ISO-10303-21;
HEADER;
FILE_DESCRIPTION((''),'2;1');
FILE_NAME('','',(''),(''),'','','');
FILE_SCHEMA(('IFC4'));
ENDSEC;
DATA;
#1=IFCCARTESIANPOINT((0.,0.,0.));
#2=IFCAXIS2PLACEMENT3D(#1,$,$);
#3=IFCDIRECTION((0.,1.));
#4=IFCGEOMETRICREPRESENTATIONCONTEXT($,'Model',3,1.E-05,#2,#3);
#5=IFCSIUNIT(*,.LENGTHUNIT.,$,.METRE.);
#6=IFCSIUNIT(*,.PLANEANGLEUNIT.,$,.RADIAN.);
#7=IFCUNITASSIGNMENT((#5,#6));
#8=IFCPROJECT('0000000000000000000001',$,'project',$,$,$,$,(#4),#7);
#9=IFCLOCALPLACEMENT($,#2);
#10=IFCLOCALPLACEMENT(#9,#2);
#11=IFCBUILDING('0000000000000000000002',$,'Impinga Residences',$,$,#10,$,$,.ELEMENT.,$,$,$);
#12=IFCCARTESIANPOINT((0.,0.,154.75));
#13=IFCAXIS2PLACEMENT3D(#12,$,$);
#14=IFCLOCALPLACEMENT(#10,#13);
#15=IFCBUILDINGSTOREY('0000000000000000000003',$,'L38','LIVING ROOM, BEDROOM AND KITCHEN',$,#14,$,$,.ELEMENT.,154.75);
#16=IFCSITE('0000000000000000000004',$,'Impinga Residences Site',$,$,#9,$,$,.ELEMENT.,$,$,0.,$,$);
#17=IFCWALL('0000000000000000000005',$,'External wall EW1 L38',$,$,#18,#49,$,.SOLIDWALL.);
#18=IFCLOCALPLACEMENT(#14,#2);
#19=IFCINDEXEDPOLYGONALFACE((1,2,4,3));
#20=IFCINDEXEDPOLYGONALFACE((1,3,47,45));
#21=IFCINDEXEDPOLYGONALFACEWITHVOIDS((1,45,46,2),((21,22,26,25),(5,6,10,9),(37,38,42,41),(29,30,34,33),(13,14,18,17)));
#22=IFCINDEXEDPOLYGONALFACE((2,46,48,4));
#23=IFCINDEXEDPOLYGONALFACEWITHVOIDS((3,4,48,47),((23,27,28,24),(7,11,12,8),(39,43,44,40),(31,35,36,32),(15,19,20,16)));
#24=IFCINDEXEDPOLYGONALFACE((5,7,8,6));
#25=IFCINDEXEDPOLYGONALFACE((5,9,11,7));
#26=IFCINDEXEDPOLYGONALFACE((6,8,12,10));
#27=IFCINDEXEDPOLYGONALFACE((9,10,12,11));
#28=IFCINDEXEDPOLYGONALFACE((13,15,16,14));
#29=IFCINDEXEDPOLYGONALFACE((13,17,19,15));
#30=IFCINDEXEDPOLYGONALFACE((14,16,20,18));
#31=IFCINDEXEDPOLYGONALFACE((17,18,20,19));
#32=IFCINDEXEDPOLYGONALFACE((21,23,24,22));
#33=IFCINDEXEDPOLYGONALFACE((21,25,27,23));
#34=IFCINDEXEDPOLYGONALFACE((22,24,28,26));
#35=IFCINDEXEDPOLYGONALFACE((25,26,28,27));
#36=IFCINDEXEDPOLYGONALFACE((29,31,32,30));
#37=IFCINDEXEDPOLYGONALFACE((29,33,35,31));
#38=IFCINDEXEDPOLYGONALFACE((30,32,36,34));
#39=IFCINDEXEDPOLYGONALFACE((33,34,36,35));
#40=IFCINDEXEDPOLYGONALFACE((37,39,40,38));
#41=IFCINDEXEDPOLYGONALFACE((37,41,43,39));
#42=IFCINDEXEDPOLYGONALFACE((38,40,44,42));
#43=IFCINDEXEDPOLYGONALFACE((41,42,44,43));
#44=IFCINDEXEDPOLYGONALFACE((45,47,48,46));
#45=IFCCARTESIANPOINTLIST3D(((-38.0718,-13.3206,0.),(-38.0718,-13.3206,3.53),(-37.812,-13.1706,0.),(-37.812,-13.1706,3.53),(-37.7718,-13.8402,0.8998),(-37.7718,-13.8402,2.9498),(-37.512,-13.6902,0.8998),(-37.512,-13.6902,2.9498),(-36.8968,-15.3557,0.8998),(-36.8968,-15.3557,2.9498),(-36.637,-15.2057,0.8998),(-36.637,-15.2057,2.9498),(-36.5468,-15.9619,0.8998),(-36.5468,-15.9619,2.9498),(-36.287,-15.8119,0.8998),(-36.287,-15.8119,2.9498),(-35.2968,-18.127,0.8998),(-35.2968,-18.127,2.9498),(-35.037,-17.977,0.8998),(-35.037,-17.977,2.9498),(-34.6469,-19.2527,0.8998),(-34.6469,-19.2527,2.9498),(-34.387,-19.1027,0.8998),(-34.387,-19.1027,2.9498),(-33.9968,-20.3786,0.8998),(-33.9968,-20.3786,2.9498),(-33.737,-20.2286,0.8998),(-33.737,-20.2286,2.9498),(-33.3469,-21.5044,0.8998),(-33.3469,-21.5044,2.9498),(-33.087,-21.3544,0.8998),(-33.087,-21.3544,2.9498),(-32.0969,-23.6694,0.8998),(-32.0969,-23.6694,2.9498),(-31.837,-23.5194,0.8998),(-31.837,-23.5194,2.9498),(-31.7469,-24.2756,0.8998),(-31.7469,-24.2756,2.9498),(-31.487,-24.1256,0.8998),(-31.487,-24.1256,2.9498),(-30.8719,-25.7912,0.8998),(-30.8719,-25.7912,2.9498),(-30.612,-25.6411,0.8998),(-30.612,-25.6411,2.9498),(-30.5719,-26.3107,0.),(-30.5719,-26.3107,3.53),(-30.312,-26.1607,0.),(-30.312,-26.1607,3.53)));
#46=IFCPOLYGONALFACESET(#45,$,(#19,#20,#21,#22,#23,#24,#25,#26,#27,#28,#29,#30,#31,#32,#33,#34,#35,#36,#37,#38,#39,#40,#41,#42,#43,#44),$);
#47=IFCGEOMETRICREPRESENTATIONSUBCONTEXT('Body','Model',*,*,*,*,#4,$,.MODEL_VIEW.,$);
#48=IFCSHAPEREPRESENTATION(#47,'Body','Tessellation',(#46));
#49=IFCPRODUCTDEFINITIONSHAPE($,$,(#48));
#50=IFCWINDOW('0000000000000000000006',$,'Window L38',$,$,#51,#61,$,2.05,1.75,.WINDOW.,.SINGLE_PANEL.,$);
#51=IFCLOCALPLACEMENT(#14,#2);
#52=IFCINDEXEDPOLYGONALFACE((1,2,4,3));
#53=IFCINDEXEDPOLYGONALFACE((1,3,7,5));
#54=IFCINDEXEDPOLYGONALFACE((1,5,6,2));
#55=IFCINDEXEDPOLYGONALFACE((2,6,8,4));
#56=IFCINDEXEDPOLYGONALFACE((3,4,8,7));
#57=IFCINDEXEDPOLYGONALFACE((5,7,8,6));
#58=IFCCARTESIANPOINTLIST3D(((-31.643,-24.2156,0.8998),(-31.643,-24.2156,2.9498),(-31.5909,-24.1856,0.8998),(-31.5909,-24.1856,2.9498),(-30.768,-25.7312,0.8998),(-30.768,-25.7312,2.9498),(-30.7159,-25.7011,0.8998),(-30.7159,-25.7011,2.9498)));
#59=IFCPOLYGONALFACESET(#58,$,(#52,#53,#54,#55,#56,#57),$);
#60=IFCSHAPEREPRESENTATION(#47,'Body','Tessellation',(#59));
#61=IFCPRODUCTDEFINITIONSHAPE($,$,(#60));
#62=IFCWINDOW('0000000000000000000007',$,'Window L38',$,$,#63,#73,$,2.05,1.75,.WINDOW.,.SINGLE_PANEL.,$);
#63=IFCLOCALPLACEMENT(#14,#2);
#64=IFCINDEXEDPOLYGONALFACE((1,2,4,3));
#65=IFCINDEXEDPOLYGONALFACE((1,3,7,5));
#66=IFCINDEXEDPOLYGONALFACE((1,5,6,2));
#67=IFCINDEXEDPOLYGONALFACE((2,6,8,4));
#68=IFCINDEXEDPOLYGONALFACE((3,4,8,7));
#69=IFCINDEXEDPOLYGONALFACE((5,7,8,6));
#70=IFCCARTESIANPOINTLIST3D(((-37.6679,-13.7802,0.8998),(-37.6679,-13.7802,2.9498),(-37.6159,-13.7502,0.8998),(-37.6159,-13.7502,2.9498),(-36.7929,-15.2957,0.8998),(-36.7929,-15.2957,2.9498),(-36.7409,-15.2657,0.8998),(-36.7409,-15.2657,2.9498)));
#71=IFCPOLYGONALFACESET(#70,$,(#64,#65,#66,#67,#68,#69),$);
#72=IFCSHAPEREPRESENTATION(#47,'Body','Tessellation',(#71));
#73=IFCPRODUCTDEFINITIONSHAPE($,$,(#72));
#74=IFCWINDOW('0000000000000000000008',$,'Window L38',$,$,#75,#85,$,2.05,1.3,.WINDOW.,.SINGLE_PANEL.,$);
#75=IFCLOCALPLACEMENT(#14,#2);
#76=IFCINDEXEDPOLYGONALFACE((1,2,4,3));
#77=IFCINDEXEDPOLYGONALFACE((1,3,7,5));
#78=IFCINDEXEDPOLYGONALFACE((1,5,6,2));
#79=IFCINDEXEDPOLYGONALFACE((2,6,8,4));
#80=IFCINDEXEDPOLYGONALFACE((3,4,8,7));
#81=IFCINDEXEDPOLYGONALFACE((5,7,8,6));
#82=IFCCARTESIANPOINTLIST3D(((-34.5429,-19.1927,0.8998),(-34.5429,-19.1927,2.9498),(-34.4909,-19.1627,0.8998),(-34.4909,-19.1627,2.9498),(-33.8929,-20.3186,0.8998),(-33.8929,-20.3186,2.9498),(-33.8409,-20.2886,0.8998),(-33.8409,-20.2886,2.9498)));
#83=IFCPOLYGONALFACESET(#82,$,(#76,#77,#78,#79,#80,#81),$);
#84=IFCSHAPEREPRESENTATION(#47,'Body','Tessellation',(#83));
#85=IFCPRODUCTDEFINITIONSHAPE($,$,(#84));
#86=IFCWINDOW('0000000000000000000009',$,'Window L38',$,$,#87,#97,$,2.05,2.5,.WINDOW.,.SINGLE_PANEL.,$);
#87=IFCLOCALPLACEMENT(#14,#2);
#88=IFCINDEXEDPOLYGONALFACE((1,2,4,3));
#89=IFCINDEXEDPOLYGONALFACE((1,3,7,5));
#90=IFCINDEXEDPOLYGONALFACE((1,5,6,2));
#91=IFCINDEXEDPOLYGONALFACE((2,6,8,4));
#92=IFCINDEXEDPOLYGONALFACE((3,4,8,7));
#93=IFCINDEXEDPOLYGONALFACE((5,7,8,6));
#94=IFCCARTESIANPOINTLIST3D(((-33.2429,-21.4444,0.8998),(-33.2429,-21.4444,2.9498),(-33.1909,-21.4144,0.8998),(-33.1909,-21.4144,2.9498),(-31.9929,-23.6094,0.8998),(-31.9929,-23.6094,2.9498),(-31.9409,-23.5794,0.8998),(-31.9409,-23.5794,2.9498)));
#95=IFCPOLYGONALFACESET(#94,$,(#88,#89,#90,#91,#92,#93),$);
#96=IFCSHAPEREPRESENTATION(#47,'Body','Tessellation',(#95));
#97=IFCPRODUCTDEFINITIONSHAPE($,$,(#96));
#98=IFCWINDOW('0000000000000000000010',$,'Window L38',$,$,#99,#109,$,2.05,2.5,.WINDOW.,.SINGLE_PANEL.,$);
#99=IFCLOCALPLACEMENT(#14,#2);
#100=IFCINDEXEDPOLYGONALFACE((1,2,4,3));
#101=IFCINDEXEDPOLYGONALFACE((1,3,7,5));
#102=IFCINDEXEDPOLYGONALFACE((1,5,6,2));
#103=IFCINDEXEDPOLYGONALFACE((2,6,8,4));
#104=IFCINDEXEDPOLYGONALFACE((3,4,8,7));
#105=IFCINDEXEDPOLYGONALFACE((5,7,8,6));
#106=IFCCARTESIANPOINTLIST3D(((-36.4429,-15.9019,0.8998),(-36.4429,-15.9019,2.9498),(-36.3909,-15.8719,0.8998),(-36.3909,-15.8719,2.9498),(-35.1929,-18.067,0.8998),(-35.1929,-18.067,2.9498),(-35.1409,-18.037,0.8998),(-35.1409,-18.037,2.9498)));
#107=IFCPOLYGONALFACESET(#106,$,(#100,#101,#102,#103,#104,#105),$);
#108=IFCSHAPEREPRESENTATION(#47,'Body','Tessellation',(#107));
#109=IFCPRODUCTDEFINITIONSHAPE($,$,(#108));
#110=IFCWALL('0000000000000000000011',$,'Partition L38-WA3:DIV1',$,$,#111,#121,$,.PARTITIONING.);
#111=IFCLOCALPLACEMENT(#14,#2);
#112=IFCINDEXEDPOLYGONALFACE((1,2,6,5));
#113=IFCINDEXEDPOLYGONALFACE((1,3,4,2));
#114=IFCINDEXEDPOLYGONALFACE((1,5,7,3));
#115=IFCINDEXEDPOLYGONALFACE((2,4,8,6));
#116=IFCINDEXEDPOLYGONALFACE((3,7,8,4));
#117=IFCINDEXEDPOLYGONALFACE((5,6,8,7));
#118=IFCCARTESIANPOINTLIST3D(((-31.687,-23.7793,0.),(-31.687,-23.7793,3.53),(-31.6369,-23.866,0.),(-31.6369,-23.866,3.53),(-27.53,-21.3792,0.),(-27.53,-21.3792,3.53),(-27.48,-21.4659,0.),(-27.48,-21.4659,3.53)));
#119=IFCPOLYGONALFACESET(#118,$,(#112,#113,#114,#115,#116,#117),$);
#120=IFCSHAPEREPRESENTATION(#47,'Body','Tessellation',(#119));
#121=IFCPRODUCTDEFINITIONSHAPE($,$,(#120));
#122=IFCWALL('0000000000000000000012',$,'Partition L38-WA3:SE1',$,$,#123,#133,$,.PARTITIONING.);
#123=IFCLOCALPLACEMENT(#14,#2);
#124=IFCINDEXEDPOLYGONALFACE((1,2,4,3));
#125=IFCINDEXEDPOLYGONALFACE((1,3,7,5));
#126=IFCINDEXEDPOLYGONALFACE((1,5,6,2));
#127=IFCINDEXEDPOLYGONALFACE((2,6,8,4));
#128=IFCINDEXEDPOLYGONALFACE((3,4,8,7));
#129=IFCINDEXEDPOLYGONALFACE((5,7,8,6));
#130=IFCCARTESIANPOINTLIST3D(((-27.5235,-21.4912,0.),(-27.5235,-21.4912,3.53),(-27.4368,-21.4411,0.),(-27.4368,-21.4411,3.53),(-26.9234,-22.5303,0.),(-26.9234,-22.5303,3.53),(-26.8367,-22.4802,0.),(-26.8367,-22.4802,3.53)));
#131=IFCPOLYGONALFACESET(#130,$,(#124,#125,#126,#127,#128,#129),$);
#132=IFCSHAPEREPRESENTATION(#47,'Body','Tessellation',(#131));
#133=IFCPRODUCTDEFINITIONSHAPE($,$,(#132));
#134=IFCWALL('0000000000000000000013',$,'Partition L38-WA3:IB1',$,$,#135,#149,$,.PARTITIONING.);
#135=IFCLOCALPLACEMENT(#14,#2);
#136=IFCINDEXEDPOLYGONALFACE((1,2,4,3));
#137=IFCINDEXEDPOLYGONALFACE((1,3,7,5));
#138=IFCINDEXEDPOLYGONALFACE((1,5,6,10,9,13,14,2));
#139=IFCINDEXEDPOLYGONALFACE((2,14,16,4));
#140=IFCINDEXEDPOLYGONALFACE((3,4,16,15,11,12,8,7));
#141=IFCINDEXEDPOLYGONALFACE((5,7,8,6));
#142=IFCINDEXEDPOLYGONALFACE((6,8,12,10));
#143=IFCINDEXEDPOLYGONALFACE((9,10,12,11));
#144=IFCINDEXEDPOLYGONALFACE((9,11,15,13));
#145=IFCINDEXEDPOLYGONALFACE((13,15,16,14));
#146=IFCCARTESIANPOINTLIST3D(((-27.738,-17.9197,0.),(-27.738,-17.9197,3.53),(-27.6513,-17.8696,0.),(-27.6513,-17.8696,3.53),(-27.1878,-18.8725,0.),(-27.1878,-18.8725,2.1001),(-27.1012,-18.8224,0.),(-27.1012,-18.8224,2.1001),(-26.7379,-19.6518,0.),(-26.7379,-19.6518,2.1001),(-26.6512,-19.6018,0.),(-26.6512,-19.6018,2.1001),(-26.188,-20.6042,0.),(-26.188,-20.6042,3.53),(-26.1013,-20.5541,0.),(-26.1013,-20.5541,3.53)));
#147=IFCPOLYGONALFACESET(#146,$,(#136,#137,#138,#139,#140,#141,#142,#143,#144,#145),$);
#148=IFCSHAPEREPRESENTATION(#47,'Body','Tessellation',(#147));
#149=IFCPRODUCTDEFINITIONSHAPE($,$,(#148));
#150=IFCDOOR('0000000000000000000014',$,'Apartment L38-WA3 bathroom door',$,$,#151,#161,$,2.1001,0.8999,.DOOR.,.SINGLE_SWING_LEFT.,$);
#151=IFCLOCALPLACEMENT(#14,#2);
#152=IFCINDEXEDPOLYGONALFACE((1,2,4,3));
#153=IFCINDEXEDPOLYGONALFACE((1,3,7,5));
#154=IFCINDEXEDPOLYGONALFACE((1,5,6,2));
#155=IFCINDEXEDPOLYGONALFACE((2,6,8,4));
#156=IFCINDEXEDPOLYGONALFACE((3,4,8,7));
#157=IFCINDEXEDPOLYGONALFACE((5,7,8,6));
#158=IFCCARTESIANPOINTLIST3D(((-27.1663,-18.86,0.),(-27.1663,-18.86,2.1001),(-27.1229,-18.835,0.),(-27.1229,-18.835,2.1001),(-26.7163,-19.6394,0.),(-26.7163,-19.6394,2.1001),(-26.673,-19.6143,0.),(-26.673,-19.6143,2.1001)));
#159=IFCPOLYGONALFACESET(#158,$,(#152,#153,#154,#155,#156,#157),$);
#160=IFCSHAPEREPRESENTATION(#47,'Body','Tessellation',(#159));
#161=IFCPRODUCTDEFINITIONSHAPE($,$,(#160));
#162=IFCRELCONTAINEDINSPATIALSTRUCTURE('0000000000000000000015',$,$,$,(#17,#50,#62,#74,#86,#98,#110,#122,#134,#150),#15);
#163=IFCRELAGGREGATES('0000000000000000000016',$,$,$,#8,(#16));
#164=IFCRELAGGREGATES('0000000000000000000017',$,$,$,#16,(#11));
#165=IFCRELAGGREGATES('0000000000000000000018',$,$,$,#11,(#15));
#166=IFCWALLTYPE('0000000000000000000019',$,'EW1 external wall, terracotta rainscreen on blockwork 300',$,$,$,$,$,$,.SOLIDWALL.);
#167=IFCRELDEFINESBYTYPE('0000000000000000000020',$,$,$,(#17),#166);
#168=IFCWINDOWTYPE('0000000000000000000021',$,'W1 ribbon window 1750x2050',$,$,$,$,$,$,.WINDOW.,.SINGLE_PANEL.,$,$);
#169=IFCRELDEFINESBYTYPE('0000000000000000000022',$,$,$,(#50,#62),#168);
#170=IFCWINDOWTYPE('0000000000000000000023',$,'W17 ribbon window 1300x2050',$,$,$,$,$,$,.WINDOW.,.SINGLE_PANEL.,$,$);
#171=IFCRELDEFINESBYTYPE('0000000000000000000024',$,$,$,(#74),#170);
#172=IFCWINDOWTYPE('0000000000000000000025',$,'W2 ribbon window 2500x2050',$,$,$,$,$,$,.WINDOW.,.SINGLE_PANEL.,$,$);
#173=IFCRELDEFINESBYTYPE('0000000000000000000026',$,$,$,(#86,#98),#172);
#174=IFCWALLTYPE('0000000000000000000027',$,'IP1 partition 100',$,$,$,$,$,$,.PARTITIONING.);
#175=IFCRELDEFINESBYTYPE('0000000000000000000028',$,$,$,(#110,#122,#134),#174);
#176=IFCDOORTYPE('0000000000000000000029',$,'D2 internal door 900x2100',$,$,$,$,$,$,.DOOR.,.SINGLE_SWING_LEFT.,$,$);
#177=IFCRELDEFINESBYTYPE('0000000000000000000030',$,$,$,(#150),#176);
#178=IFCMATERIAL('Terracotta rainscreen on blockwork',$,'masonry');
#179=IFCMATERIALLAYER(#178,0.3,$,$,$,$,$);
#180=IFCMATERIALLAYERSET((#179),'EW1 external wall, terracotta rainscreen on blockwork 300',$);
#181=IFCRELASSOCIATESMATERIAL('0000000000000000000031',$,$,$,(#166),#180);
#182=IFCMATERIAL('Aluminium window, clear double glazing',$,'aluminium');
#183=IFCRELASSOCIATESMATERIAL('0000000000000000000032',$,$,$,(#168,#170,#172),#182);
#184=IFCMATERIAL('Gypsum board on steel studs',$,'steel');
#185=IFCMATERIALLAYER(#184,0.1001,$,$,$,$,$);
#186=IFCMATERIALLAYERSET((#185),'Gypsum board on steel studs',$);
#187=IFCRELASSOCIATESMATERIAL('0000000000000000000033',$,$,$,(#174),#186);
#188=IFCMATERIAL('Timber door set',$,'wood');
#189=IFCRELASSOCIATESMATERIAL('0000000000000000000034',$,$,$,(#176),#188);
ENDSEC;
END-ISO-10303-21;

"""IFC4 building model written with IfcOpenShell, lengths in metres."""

from ifc_helpers import new_model, si_unit, direction, frame, frame_2d, origin, place, context, subcontext, project, spatial, rectangle, extrude, material, layer, layer_set, type_object, element, fill, save


model = new_model("IFC4")

# Units and contexts
model_context = context("Model", 3, precision=1e-05, world=origin(), true_north=direction((0.0, 1.0)))
body_context = subcontext(model_context, "Body", "Model", "MODEL_VIEW")
ifc_project = project(units=[si_unit("LENGTHUNIT", "METRE"), si_unit("PLANEANGLEUNIT", "RADIAN")], contexts=[model_context])

# Site, building, storey
site_placement = place(None, origin())
site = spatial("IfcSite", under=ifc_project, at=site_placement, Name="Impinga Residences Site", CompositionType="ELEMENT", RefElevation=0.0)
building_placement = place(site_placement, origin())
building = spatial("IfcBuilding", under=site, at=building_placement, Name="Impinga Residences", CompositionType="ELEMENT")
storey_placement = place(building_placement, frame((0.0, 0.0, 154.75)))
storey = spatial("IfcBuildingStorey", under=building, at=storey_placement, Name="L38", Description="LIVING ROOM, BEDROOM AND KITCHEN", CompositionType="ELEMENT", Elevation=154.75)

# Shared definitions
ifc_material_1 = material(Name="Terracotta rainscreen on blockwork", Category="masonry")
ifc_layer_1 = layer(ifc_material_1, 0.3)
ifc_layer_set_1 = layer_set([ifc_layer_1], Name="EW1 external wall, terracotta rainscreen on blockwork 300")
wall_type_1 = type_object("IfcWallType", Name="EW1 external wall, terracotta rainscreen on blockwork 300", PredefinedType="SOLIDWALL", material=ifc_layer_set_1)

# Wall, openings, windows
wall_1_placement = place(storey_placement, frame((-30.4419, -26.2358, 0.0), z_axis=(0.0, 0.0, 1.0), x_axis=(-0.500004, 0.866023, 0.0)))
wall_1 = element("IfcWall", 1, at=wall_1_placement, inside=storey, type_object=wall_type_1, Name="External wall EW1 L38", PredefinedType="SOLIDWALL", context=body_context, shape_type="SweptSolid", body=[
    extrude(rectangle(XDim=14.9998, YDim=0.3, at=frame_2d((7.5, 0.0))), origin(), (0.0, 0.0, 1.0), 3.53),
])
opening_1_placement = place(wall_1_placement, frame((0.6001, 0.0, 0.8999)))
opening_1 = element("IfcOpeningElement", 2, at=opening_1_placement, cuts=wall_1, PredefinedType="OPENING", context=body_context, shape_type="SweptSolid", body=[
    extrude(rectangle(XDim=1.75, YDim=2.05, at=frame_2d((0.875, 1.0249))), frame((0.0, 0.1599, 0.0), z_axis=(0.0, -1.0, 0.0), x_axis=(1.0, 0.0, 0.0)), (0.0, 0.0, 1.0), 0.3201),
])
opening_2_placement = place(wall_1_placement, frame((3.05, 0.0, 0.8999)))
opening_2 = element("IfcOpeningElement", 3, at=opening_2_placement, cuts=wall_1, PredefinedType="OPENING", context=body_context, shape_type="SweptSolid", body=[
    extrude(rectangle(XDim=2.5, YDim=2.05, at=frame_2d((1.25, 1.0249))), frame((0.0, 0.1599, 0.0), z_axis=(0.0, -1.0, 0.0), x_axis=(1.0, 0.0, 0.0)), (0.0, 0.0, 1.0), 0.3201),
])
opening_3_placement = place(wall_1_placement, frame((6.8501, 0.0, 0.8999)))
opening_3 = element("IfcOpeningElement", 4, at=opening_3_placement, cuts=wall_1, PredefinedType="OPENING", context=body_context, shape_type="SweptSolid", body=[
    extrude(rectangle(XDim=1.3, YDim=2.05, at=frame_2d((0.6499, 1.0249))), frame((0.0, 0.1599, 0.0), z_axis=(0.0, -1.0, 0.0), x_axis=(1.0, 0.0, 0.0)), (0.0, 0.0, 1.0), 0.3201),
])
opening_4_placement = place(wall_1_placement, frame((9.45, 0.0, 0.8999)))
opening_4 = element("IfcOpeningElement", 5, at=opening_4_placement, cuts=wall_1, PredefinedType="OPENING", context=body_context, shape_type="SweptSolid", body=[
    extrude(rectangle(XDim=2.5, YDim=2.05, at=frame_2d((1.25, 1.0249))), frame((0.0, 0.1599, 0.0), z_axis=(0.0, -1.0, 0.0), x_axis=(1.0, 0.0, 0.0)), (0.0, 0.0, 1.0), 0.3201),
])
opening_5_placement = place(wall_1_placement, frame((12.6499, 0.0, 0.8999)))
opening_5 = element("IfcOpeningElement", 6, at=opening_5_placement, cuts=wall_1, PredefinedType="OPENING", context=body_context, shape_type="SweptSolid", body=[
    extrude(rectangle(XDim=1.75, YDim=2.05, at=frame_2d((0.875, 1.0249))), frame((0.0, 0.1599, 0.0), z_axis=(0.0, -1.0, 0.0), x_axis=(1.0, 0.0, 0.0)), (0.0, 0.0, 1.0), 0.3201),
])
ifc_material_2 = material(Name="Aluminium window, clear double glazing", Category="aluminium")
window_type_1 = type_object("IfcWindowType", Name="W1 ribbon window 1750x2050", PartitioningType="SINGLE_PANEL", PredefinedType="WINDOW", material=ifc_material_2)
window_1_placement = place(opening_1_placement, origin())
window_1 = element("IfcWindow", 7, at=window_1_placement, inside=storey, type_object=window_type_1, Name="Window L38", OverallHeight=2.05, OverallWidth=1.75, PartitioningType="SINGLE_PANEL", PredefinedType="WINDOW", context=body_context, shape_type="SweptSolid", body=[
    extrude(rectangle(XDim=1.75, YDim=2.05, at=frame_2d((0.875, 1.0249))), frame((0.0, 0.03, 0.0), z_axis=(0.0, -1.0, 0.0), x_axis=(1.0, 0.0, 0.0)), (0.0, 0.0, 1.0), 0.0601),
])
fill(opening_1, window_1)
window_2_placement = place(opening_5_placement, origin())
window_2 = element("IfcWindow", 8, at=window_2_placement, inside=storey, type_object=window_type_1, Name="Window L38", OverallHeight=2.05, OverallWidth=1.75, PartitioningType="SINGLE_PANEL", PredefinedType="WINDOW", context=body_context, shape_type="SweptSolid", body=[
    extrude(rectangle(XDim=1.75, YDim=2.05, at=frame_2d((0.875, 1.0249))), frame((0.0, 0.03, 0.0), z_axis=(0.0, -1.0, 0.0), x_axis=(1.0, 0.0, 0.0)), (0.0, 0.0, 1.0), 0.0601),
])
fill(opening_5, window_2)
window_type_2 = type_object("IfcWindowType", Name="W17 ribbon window 1300x2050", PartitioningType="SINGLE_PANEL", PredefinedType="WINDOW", material=ifc_material_2)
window_3_placement = place(opening_3_placement, origin())
window_3 = element("IfcWindow", 9, at=window_3_placement, inside=storey, type_object=window_type_2, Name="Window L38", OverallHeight=2.05, OverallWidth=1.3, PartitioningType="SINGLE_PANEL", PredefinedType="WINDOW", context=body_context, shape_type="SweptSolid", body=[
    extrude(rectangle(XDim=1.3, YDim=2.05, at=frame_2d((0.6499, 1.0249))), frame((0.0, 0.03, 0.0), z_axis=(0.0, -1.0, 0.0), x_axis=(1.0, 0.0, 0.0)), (0.0, 0.0, 1.0), 0.0601),
])
fill(opening_3, window_3)
window_type_3 = type_object("IfcWindowType", Name="W2 ribbon window 2500x2050", PartitioningType="SINGLE_PANEL", PredefinedType="WINDOW", material=ifc_material_2)
window_4_placement = place(opening_2_placement, origin())
window_4 = element("IfcWindow", 10, at=window_4_placement, inside=storey, type_object=window_type_3, Name="Window L38", OverallHeight=2.05, OverallWidth=2.5, PartitioningType="SINGLE_PANEL", PredefinedType="WINDOW", context=body_context, shape_type="SweptSolid", body=[
    extrude(rectangle(XDim=2.5, YDim=2.05, at=frame_2d((1.25, 1.0249))), frame((0.0, 0.03, 0.0), z_axis=(0.0, -1.0, 0.0), x_axis=(1.0, 0.0, 0.0)), (0.0, 0.0, 1.0), 0.0601),
])
fill(opening_2, window_4)
window_5_placement = place(opening_4_placement, origin())
window_5 = element("IfcWindow", 11, at=window_5_placement, inside=storey, type_object=window_type_3, Name="Window L38", OverallHeight=2.05, OverallWidth=2.5, PartitioningType="SINGLE_PANEL", PredefinedType="WINDOW", context=body_context, shape_type="SweptSolid", body=[
    extrude(rectangle(XDim=2.5, YDim=2.05, at=frame_2d((1.25, 1.0249))), frame((0.0, 0.03, 0.0), z_axis=(0.0, -1.0, 0.0), x_axis=(1.0, 0.0, 0.0)), (0.0, 0.0, 1.0), 0.0601),
])
fill(opening_4, window_5)

# Walls
ifc_material_3 = material(Name="Gypsum board on steel studs", Category="steel")
ifc_layer_2 = layer(ifc_material_3, 0.1001)
ifc_layer_set_2 = layer_set([ifc_layer_2], Name="Gypsum board on steel studs")
wall_type_2 = type_object("IfcWallType", Name="IP1 partition 100", PredefinedType="PARTITIONING", material=ifc_layer_set_2)
wall_2_placement = place(storey_placement, frame((-27.5051, -21.4226, 0.0), z_axis=(0.0, 0.0, 1.0), x_axis=(-0.866015, -0.500017, 0.0)))
element("IfcWall", 12, at=wall_2_placement, inside=storey, type_object=wall_type_2, Name="Partition L38-WA3:DIV1", PredefinedType="PARTITIONING", context=body_context, shape_type="SweptSolid", body=[
    extrude(rectangle(XDim=4.8, YDim=0.1001, at=frame_2d((2.3999, 0.0))), origin(), (0.0, 0.0, 1.0), 3.53),
])
wall_3_placement = place(storey_placement, frame((-27.4802, -21.4661, 0.0), z_axis=(0.0, 0.0, 1.0), x_axis=(0.500122, -0.865955, 0.0)))
element("IfcWall", 13, at=wall_3_placement, inside=storey, type_object=wall_type_2, Name="Partition L38-WA3:SE1", PredefinedType="PARTITIONING", context=body_context, shape_type="SweptSolid", body=[
    extrude(rectangle(XDim=1.2, YDim=0.1001, at=frame_2d((0.6001, 0.0))), origin(), (0.0, 0.0, 1.0), 3.53),
])

# Wall, opening, door
wall_4_placement = place(storey_placement, frame((-27.6946, -17.8948, 0.0), z_axis=(0.0, 0.0, 1.0), x_axis=(0.500027, -0.86601, 0.0)))
wall_4 = element("IfcWall", 14, at=wall_4_placement, inside=storey, type_object=wall_type_2, Name="Partition L38-WA3:IB1", PredefinedType="PARTITIONING", context=body_context, shape_type="SweptSolid", body=[
    extrude(rectangle(XDim=3.0999, YDim=0.1001, at=frame_2d((1.5498, 0.0))), origin(), (0.0, 0.0, 1.0), 3.53),
])
opening_6_placement = place(wall_4_placement, frame((1.1001, 0.0, 0.0)))
opening_6 = element("IfcOpeningElement", 15, at=opening_6_placement, cuts=wall_4, PredefinedType="OPENING", context=body_context, shape_type="SweptSolid", body=[
    extrude(rectangle(XDim=0.8999, YDim=2.1001, at=frame_2d((0.45, 1.05))), frame((0.0, 0.0601, 0.0), z_axis=(0.0, -1.0, 0.0), x_axis=(1.0, 0.0, 0.0)), (0.0, 0.0, 1.0), 0.1201),
])
ifc_material_4 = material(Name="Timber door set", Category="wood")
door_type = type_object("IfcDoorType", Name="D2 internal door 900x2100", OperationType="SINGLE_SWING_LEFT", PredefinedType="DOOR", material=ifc_material_4)
door_placement = place(opening_6_placement, origin())
door = element("IfcDoor", 16, at=door_placement, inside=storey, type_object=door_type, Name="Apartment L38-WA3 bathroom door", OperationType="SINGLE_SWING_LEFT", OverallHeight=2.1001, OverallWidth=0.8999, PredefinedType="DOOR", context=body_context, shape_type="SweptSolid", body=[
    extrude(rectangle(XDim=0.8999, YDim=2.1001, at=frame_2d((0.45, 1.05))), frame((0.0, 0.0249, 0.0), z_axis=(0.0, -1.0, 0.0), x_axis=(1.0, 0.0, 0.0)), (0.0, 0.0, 1.0), 0.05),
])
fill(opening_6, door)

save(model, "model.ifc")
